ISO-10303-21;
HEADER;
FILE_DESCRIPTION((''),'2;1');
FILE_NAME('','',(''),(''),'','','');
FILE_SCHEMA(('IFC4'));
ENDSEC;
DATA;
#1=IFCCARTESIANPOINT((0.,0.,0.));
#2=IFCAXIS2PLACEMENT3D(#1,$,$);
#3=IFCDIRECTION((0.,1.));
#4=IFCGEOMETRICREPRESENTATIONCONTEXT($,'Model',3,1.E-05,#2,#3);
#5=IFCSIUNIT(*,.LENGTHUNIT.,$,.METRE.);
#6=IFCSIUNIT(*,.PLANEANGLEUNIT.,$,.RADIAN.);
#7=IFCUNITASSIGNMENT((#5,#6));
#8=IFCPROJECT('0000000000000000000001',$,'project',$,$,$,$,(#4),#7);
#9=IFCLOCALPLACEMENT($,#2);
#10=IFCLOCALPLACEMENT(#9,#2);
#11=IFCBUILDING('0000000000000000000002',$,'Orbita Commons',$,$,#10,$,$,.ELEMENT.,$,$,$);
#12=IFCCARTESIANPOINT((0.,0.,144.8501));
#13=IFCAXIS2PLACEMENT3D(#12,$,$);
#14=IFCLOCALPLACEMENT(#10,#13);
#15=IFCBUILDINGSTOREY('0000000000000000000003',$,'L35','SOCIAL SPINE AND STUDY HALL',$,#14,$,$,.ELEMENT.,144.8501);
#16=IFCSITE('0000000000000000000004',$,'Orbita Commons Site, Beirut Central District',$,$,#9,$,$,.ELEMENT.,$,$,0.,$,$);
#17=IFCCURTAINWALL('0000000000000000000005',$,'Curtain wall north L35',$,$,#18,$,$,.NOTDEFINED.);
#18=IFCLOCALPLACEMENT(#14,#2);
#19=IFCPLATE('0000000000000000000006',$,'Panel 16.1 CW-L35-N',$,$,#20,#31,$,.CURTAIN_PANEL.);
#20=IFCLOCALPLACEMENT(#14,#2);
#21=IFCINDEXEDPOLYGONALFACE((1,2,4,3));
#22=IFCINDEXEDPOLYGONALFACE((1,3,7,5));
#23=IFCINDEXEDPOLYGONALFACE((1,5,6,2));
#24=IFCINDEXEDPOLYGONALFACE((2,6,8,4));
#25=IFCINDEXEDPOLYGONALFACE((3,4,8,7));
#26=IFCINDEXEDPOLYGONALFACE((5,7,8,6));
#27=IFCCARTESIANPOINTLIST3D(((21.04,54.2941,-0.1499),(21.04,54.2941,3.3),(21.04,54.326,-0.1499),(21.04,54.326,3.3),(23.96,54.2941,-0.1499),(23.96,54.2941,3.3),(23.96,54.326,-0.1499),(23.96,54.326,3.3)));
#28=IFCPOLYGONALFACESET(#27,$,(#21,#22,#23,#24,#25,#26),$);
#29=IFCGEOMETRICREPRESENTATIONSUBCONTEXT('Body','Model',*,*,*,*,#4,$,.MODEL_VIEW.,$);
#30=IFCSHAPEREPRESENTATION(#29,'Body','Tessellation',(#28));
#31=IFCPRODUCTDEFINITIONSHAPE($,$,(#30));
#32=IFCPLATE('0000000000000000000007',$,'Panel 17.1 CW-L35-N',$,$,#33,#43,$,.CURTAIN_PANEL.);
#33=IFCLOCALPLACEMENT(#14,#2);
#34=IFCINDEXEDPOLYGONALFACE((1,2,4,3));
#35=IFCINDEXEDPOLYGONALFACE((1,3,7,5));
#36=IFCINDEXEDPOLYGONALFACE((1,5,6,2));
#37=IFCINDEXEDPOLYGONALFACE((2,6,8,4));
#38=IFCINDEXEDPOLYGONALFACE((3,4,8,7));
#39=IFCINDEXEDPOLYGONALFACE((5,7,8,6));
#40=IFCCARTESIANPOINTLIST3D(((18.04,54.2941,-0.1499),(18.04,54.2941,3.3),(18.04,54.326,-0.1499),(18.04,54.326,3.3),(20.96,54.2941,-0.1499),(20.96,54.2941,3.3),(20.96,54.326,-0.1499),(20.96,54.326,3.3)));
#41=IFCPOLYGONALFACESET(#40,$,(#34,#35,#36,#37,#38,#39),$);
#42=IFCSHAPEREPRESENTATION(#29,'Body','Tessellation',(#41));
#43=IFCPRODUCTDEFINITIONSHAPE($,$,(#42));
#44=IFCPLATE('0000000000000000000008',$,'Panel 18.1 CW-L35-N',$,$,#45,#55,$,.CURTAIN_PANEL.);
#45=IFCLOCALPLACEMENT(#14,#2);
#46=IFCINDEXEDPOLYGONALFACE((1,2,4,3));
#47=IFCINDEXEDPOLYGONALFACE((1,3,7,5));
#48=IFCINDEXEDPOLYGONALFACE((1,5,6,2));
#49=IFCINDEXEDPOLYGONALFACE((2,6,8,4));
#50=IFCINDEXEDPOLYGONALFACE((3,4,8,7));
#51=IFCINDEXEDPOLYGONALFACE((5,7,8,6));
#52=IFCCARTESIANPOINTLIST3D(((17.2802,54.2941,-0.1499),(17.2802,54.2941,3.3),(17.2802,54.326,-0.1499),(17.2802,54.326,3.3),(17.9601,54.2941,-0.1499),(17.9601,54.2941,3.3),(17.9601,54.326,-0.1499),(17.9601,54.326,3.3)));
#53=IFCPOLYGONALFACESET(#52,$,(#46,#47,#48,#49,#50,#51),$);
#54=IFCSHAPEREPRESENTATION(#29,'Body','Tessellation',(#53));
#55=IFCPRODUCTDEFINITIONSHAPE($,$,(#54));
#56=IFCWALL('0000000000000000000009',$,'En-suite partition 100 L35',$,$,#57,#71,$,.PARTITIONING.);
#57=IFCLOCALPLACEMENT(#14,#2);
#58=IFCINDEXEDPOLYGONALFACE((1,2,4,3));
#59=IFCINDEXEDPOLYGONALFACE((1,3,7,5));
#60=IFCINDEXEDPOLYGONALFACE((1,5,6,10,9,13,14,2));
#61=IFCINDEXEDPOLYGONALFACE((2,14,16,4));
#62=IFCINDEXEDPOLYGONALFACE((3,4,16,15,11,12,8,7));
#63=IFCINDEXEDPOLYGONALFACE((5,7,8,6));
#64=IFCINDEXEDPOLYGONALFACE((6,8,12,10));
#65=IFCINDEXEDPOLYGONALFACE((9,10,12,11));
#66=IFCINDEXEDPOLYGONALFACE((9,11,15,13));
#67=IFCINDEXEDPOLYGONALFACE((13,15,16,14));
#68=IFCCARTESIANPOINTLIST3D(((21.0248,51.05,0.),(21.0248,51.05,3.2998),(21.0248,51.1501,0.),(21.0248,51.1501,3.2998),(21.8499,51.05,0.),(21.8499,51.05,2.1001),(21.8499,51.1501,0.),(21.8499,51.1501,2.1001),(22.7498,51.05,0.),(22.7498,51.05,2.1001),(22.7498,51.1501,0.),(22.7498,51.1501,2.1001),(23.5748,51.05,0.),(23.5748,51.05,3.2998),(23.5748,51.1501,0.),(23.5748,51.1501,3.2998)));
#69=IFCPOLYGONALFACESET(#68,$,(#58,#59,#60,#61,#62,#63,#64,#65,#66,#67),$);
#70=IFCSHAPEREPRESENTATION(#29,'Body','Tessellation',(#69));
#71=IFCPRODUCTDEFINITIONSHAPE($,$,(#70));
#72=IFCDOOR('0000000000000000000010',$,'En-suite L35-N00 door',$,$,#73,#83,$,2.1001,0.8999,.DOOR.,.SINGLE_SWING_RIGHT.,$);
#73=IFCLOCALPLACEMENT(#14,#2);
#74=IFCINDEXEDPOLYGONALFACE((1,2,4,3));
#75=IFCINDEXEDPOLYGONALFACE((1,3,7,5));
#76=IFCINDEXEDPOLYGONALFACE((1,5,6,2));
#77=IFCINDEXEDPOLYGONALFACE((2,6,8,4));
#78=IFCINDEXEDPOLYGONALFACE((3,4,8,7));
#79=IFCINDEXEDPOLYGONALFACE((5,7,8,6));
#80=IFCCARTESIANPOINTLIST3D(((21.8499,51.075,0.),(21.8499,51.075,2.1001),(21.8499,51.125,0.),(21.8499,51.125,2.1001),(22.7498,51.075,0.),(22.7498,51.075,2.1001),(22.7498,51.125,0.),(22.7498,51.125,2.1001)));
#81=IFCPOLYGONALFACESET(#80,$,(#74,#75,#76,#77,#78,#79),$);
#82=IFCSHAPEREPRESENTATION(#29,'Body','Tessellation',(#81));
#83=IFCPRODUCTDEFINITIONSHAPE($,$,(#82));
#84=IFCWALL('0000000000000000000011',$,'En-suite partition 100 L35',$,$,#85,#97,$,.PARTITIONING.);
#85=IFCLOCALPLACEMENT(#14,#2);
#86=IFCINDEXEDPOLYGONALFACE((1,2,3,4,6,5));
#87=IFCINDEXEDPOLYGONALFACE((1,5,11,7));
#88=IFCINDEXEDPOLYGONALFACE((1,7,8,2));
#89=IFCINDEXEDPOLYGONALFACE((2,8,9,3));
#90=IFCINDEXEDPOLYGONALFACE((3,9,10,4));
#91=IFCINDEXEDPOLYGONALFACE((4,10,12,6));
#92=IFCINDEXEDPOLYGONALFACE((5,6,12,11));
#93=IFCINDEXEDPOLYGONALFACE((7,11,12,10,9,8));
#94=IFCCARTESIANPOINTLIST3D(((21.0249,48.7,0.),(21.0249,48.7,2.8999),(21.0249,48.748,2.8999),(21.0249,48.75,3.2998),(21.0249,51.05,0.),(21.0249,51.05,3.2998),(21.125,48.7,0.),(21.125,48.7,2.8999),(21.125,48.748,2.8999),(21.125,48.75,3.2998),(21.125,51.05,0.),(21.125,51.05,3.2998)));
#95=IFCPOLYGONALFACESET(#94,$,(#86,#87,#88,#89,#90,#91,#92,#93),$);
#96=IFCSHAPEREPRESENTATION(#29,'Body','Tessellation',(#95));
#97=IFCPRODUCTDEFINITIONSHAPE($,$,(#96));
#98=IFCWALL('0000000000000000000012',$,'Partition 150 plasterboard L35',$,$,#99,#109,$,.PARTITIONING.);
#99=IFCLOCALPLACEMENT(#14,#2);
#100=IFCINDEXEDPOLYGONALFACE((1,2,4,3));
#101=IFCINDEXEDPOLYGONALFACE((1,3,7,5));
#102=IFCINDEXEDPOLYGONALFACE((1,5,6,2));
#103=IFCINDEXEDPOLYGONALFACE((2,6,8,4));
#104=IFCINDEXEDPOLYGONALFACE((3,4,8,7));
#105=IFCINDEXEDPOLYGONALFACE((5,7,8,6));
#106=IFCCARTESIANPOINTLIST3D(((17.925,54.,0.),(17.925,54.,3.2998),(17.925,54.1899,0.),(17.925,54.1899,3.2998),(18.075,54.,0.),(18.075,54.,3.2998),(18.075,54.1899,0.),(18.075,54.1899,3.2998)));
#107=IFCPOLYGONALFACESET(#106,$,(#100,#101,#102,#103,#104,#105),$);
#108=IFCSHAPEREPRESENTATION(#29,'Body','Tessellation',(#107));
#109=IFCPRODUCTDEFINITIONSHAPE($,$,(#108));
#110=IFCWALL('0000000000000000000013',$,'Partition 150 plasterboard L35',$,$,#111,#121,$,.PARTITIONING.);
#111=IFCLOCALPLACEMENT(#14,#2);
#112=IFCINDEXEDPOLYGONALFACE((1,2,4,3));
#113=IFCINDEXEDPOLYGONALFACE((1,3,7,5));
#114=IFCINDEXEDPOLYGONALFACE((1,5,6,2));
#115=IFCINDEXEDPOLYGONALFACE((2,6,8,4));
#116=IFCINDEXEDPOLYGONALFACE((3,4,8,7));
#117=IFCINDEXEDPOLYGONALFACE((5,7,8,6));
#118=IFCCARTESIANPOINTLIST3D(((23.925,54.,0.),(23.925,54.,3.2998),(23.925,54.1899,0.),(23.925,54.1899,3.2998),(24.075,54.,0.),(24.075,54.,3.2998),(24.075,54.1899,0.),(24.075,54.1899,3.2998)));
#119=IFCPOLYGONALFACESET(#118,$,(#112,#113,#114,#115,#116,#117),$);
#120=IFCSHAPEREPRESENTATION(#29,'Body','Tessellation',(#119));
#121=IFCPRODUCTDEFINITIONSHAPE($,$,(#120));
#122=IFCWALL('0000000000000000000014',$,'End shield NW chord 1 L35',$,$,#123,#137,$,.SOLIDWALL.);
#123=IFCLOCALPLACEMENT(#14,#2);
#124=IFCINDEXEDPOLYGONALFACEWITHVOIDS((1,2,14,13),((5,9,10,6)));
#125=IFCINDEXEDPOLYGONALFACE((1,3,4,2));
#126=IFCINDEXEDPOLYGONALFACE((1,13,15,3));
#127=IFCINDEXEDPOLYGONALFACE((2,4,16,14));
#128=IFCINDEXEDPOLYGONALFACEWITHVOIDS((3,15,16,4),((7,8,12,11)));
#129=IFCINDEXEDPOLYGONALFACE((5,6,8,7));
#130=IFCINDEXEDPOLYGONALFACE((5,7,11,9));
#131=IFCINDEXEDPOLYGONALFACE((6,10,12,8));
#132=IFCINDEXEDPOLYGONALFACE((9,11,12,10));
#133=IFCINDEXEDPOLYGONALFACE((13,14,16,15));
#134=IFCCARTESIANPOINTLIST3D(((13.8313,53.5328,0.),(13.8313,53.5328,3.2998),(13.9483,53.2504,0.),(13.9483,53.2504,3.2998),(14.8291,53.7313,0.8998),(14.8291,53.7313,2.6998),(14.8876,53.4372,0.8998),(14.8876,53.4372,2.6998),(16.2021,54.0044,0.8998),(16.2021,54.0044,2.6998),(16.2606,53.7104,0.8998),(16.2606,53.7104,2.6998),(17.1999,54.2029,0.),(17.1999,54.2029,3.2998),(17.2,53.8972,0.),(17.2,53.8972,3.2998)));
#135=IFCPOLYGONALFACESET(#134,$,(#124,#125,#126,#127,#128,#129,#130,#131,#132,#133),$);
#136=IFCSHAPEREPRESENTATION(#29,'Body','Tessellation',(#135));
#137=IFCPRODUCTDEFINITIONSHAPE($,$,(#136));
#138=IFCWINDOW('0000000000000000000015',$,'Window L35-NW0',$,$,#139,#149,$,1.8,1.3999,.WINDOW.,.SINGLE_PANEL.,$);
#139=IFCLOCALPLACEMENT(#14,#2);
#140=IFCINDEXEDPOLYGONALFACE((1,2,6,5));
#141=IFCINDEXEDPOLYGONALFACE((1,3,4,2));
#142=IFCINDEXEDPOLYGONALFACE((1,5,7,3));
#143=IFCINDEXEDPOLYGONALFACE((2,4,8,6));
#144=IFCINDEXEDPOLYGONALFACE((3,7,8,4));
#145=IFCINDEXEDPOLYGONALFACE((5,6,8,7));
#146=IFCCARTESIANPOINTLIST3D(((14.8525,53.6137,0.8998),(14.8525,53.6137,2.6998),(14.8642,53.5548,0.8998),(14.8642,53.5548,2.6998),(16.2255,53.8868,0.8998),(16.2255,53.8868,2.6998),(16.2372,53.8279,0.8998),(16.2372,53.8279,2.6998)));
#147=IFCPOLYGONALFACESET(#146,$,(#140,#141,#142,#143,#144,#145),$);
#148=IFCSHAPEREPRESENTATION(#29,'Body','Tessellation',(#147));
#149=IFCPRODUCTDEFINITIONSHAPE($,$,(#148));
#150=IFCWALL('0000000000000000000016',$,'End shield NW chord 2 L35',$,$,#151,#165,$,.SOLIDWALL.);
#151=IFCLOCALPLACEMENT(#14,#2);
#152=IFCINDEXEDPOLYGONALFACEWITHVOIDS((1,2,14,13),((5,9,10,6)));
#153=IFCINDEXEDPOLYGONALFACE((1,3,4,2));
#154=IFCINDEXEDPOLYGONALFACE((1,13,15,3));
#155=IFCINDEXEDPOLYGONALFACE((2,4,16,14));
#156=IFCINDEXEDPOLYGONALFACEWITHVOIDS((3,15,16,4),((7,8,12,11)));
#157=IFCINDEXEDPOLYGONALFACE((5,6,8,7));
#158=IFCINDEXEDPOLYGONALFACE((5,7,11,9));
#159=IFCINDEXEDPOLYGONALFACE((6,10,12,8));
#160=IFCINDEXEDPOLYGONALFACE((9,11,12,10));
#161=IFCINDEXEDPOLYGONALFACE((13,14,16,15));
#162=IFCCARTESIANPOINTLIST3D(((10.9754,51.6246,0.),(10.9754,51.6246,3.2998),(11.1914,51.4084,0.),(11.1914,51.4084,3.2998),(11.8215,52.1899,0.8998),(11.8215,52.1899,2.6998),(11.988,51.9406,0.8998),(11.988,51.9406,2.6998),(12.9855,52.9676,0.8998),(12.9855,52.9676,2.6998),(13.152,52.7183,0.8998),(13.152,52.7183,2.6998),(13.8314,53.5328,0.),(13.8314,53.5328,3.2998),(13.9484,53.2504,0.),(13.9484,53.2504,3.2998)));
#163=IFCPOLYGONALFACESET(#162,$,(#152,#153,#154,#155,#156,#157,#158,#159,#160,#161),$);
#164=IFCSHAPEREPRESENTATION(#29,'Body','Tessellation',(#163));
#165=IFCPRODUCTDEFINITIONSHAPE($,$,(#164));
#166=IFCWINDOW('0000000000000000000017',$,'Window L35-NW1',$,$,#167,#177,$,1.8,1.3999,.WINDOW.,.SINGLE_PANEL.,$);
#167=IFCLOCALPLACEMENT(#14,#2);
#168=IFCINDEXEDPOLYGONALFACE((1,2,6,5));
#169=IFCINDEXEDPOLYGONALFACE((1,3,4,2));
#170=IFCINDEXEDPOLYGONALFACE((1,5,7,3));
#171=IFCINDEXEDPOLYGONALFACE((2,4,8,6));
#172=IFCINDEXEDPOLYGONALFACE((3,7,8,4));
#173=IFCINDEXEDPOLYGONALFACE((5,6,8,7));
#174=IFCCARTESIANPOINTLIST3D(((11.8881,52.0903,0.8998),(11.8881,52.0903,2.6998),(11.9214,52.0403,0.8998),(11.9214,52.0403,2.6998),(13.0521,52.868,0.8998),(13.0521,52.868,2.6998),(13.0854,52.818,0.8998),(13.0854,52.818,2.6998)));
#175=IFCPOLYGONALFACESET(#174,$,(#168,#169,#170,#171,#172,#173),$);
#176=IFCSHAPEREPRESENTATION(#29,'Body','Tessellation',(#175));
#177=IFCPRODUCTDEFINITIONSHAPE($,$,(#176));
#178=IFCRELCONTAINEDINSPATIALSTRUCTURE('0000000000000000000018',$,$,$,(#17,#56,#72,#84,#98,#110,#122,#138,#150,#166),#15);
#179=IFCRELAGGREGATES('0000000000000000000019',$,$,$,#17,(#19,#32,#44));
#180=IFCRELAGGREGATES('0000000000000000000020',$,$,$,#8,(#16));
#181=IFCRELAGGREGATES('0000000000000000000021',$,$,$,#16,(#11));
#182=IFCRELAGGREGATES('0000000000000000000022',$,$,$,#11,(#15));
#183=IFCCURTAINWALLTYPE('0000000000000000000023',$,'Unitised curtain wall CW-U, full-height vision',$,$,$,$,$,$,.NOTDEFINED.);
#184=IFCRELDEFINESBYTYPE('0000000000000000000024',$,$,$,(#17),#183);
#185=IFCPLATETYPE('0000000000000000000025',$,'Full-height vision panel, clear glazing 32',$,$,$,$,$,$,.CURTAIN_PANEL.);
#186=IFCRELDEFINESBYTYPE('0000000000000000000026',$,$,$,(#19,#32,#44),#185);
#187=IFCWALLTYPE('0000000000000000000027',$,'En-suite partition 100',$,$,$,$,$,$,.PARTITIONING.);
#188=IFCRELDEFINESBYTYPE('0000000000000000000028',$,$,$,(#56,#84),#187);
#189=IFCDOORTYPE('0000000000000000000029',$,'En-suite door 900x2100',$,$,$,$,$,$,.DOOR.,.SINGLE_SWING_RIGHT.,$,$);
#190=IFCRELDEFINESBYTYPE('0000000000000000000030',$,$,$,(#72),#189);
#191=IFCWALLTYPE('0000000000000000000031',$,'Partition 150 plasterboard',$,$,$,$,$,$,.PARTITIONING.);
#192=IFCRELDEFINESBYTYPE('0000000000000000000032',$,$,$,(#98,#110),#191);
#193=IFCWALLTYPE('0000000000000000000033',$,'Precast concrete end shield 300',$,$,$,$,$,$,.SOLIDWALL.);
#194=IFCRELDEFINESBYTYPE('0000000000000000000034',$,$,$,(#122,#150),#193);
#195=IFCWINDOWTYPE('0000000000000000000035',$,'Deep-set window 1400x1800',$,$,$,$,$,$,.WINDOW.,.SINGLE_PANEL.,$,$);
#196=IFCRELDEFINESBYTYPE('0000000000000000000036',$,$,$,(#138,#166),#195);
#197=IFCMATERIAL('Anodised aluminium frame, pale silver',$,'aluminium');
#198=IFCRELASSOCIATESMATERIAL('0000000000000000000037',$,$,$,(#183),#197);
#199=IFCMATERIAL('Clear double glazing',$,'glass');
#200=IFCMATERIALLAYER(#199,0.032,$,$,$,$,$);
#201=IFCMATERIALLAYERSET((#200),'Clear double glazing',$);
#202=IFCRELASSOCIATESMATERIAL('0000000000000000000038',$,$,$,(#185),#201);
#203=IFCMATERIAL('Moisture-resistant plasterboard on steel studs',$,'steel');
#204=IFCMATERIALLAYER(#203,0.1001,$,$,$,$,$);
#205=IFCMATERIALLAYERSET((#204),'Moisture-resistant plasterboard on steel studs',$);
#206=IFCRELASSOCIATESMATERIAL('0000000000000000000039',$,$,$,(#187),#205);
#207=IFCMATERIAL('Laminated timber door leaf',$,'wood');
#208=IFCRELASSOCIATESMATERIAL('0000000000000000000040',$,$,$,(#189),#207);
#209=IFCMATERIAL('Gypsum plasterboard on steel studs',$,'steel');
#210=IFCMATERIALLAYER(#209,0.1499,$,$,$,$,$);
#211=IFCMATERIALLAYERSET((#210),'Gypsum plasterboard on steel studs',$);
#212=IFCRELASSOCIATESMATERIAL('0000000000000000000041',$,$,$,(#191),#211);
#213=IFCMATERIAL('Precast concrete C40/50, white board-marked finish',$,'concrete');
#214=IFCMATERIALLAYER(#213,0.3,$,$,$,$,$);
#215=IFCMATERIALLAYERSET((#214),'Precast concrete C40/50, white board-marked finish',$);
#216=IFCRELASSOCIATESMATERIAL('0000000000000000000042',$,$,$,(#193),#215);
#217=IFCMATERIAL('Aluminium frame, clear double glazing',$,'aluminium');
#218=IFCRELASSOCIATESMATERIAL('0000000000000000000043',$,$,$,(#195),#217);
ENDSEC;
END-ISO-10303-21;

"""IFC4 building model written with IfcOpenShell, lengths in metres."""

from ifc_helpers import new_model, si_unit, direction, frame, frame_2d, origin, origin_2d, place, context, subcontext, project, spatial, polyline, rectangle, outline, extrude, material, layer, layer_set, type_object, element, fill, aggregate, save


model = new_model("IFC4")

# Units and contexts
model_context = context("Model", 3, precision=1e-05, world=origin(), true_north=direction((0.0, 1.0)))
body_context = subcontext(model_context, "Body", "Model", "MODEL_VIEW")
ifc_project = project(units=[si_unit("LENGTHUNIT", "METRE"), si_unit("PLANEANGLEUNIT", "RADIAN")], contexts=[model_context])

# Site, building, storey
site_placement = place(None, origin())
site = spatial("IfcSite", under=ifc_project, at=site_placement, Name="Orbita Commons Site, Beirut Central District", CompositionType="ELEMENT", RefElevation=0.0)
building_placement = place(site_placement, origin())
building = spatial("IfcBuilding", under=site, at=building_placement, Name="Orbita Commons", CompositionType="ELEMENT")
storey_placement = place(building_placement, frame((0.0, 0.0, 144.8501)))
storey = spatial("IfcBuildingStorey", under=building, at=storey_placement, Name="L35", Description="SOCIAL SPINE AND STUDY HALL", CompositionType="ELEMENT", Elevation=144.8501)

# Curtain wall
ifc_material_1 = material(Name="Anodised aluminium frame, pale silver", Category="aluminium")
curtain_wall_type = type_object("IfcCurtainWallType", Name="Unitised curtain wall CW-U, full-height vision", PredefinedType="NOTDEFINED", material=ifc_material_1)
curtain_wall_placement = place(storey_placement, origin())
curtain_wall = element("IfcCurtainWall", 1, at=curtain_wall_placement, inside=storey, type_object=curtain_wall_type, Name="Curtain wall north L35", PredefinedType="NOTDEFINED")

# Plates
ifc_material_2 = material(Name="Clear double glazing", Category="glass")
ifc_layer_1 = layer(ifc_material_2, 0.032)
ifc_layer_set_1 = layer_set([ifc_layer_1], Name="Clear double glazing")
plate_type = type_object("IfcPlateType", Name="Full-height vision panel, clear glazing 32", PredefinedType="CURTAIN_PANEL", material=ifc_layer_set_1)
plate_1_placement = place(storey_placement, frame((22.5, 54.3101, -0.1499), z_axis=(0.0, 0.0, 1.0), x_axis=(-1.0, 0.0, 0.0)))
plate_1 = element("IfcPlate", 2, at=plate_1_placement, type_object=plate_type, Name="Panel 16.1 CW-L35-N", PredefinedType="CURTAIN_PANEL", context=body_context, shape_type="SweptSolid", body=[
    extrude(rectangle(XDim=2.9199, YDim=0.032, at=origin_2d()), origin(), (0.0, 0.0, 1.0), 3.45),
])
plate_2_placement = place(storey_placement, frame((19.5, 54.3101, -0.1499), z_axis=(0.0, 0.0, 1.0), x_axis=(-1.0, 0.0, 0.0)))
plate_2 = element("IfcPlate", 3, at=plate_2_placement, type_object=plate_type, Name="Panel 17.1 CW-L35-N", PredefinedType="CURTAIN_PANEL", context=body_context, shape_type="SweptSolid", body=[
    extrude(rectangle(XDim=2.9199, YDim=0.032, at=origin_2d()), origin(), (0.0, 0.0, 1.0), 3.45),
])
plate_3_placement = place(storey_placement, frame((17.6201, 54.3101, -0.1499), z_axis=(0.0, 0.0, 1.0), x_axis=(-1.0, 0.0, 0.0)))
plate_3 = element("IfcPlate", 4, at=plate_3_placement, type_object=plate_type, Name="Panel 18.1 CW-L35-N", PredefinedType="CURTAIN_PANEL", context=body_context, shape_type="SweptSolid", body=[
    extrude(rectangle(XDim=0.6799, YDim=0.032, at=origin_2d()), origin(), (0.0, 0.0, 1.0), 3.45),
])
aggregate(curtain_wall, [plate_1, plate_2, plate_3])

# Wall, opening, door
ifc_material_3 = material(Name="Moisture-resistant plasterboard on steel studs", Category="steel")
ifc_layer_2 = layer(ifc_material_3, 0.1001)
ifc_layer_set_2 = layer_set([ifc_layer_2], Name="Moisture-resistant plasterboard on steel studs")
wall_type_1 = type_object("IfcWallType", Name="En-suite partition 100", PredefinedType="PARTITIONING", material=ifc_layer_set_2)
wall_1_placement = place(storey_placement, frame((21.0249, 51.1001, 0.0), z_axis=(0.0, 0.0, 1.0), x_axis=(1.0, 0.0, 0.0)))
wall_1 = element("IfcWall", 5, at=wall_1_placement, inside=storey, type_object=wall_type_1, Name="En-suite partition 100 L35", PredefinedType="PARTITIONING", context=body_context, shape_type="SweptSolid", body=[
    extrude(rectangle(XDim=2.55, YDim=0.1001, at=frame_2d((1.2749, 0.0))), origin(), (0.0, 0.0, 1.0), 3.2998),
])
opening_1_placement = place(wall_1_placement, frame((0.825, 0.0, 0.0)))
opening_1 = element("IfcOpeningElement", 6, at=opening_1_placement, cuts=wall_1, PredefinedType="OPENING", context=body_context, shape_type="SweptSolid", body=[
    extrude(rectangle(XDim=0.8999, YDim=2.1001, at=frame_2d((0.45, 1.05))), frame((0.0, 0.0601, 0.0), z_axis=(0.0, -1.0, 0.0), x_axis=(1.0, 0.0, 0.0)), (0.0, 0.0, 1.0), 0.1201),
])
ifc_material_4 = material(Name="Laminated timber door leaf", Category="wood")
door_type = type_object("IfcDoorType", Name="En-suite door 900x2100", OperationType="SINGLE_SWING_RIGHT", PredefinedType="DOOR", material=ifc_material_4)
door_placement = place(opening_1_placement, origin())
door = element("IfcDoor", 7, at=door_placement, inside=storey, type_object=door_type, Name="En-suite L35-N00 door", OperationType="SINGLE_SWING_RIGHT", OverallHeight=2.1001, OverallWidth=0.8999, PredefinedType="DOOR", context=body_context, shape_type="SweptSolid", body=[
    extrude(rectangle(XDim=0.8999, YDim=2.1001, at=frame_2d((0.45, 1.05))), frame((0.0, 0.0249, 0.0), z_axis=(0.0, -1.0, 0.0), x_axis=(1.0, 0.0, 0.0)), (0.0, 0.0, 1.0), 0.05),
])
fill(opening_1, door)

# Walls
wall_2_placement = place(storey_placement, frame((21.075, 51.05, 0.0), z_axis=(0.0, 0.0, 1.0), x_axis=(0.0, -1.0, 0.0)))
element("IfcWall", 8, at=wall_2_placement, inside=storey, type_object=wall_type_1, Name="En-suite partition 100 L35", PredefinedType="PARTITIONING", context=body_context, shape_type="SweptSolid", body=[
    extrude(outline(polyline([(0.0, 0.0), (2.3501, 0.0), (2.3501, 2.8999), (2.302, 2.8999), (2.3, 3.2998), (0.0, 3.2998), (0.0, 0.0)])), frame((0.0, 0.05, 0.0), z_axis=(0.0, -1.0, 0.0), x_axis=(1.0, 0.0, 0.0)), (0.0, 0.0, 1.0), 0.1001),
])
ifc_material_5 = material(Name="Gypsum plasterboard on steel studs", Category="steel")
ifc_layer_3 = layer(ifc_material_5, 0.1499)
ifc_layer_set_3 = layer_set([ifc_layer_3], Name="Gypsum plasterboard on steel studs")
wall_type_2 = type_object("IfcWallType", Name="Partition 150 plasterboard", PredefinedType="PARTITIONING", material=ifc_layer_set_3)
for number, where, z_axis, x_axis, name in (
    (9, (18.0, 54.0, 0.0), (0.0, 0.0, 1.0), (0.0, 1.0, 0.0), "Partition 150 plasterboard L35"),
    (10, (24.0, 54.0, 0.0), (0.0, 0.0, 1.0), (0.0, 1.0, 0.0), "Partition 150 plasterboard L35"),
):
    element("IfcWall", number, at=place(storey_placement, frame(where, z_axis=z_axis, x_axis=x_axis)), inside=storey, type_object=wall_type_2, Name=name, PredefinedType="PARTITIONING", context=body_context, shape_type="SweptSolid", body=[
        extrude(rectangle(XDim=0.1899, YDim=0.1499, at=frame_2d((0.095, 0.0))), origin(), (0.0, 0.0, 1.0), 3.2998),
    ])

# Walls, openings, windows
ifc_material_6 = material(Name="Precast concrete C40/50, white board-marked finish", Category="concrete")
ifc_layer_4 = layer(ifc_material_6, 0.3)
ifc_layer_set_4 = layer_set([ifc_layer_4], Name="Precast concrete C40/50, white board-marked finish")
wall_type_3 = type_object("IfcWallType", Name="Precast concrete end shield 300", PredefinedType="SOLIDWALL", material=ifc_layer_set_4)
wall_3_placement = place(storey_placement, frame((17.2, 54.05, 0.0), z_axis=(0.0, 0.0, 1.0), x_axis=(-0.980783, -0.1951, 0.0)))
wall_3 = element("IfcWall", 11, at=wall_3_placement, inside=storey, type_object=wall_type_3, Name="End shield NW chord 1 L35", PredefinedType="SOLIDWALL", context=body_context, shape_type="SweptSolid", body=[
    extrude(outline(polyline([(-0.0298, -0.1499), (3.4048, -0.1499), (3.3452, 0.1499), (0.0298, 0.1499), (-0.0298, -0.1499)])), origin(), (0.0, 0.0, 1.0), 3.2998),
])
opening_2_placement = place(wall_3_placement, frame((0.9875, 0.0, 0.8999)))
opening_2 = element("IfcOpeningElement", 12, at=opening_2_placement, cuts=wall_3, PredefinedType="OPENING", context=body_context, shape_type="SweptSolid", body=[
    extrude(rectangle(XDim=1.3999, YDim=1.8, at=frame_2d((0.7, 0.8999))), frame((0.0, 0.1599, 0.0), z_axis=(0.0, -1.0, 0.0), x_axis=(1.0, 0.0, 0.0)), (0.0, 0.0, 1.0), 0.3201),
])
ifc_material_7 = material(Name="Aluminium frame, clear double glazing", Category="aluminium")
window_type = type_object("IfcWindowType", Name="Deep-set window 1400x1800", PartitioningType="SINGLE_PANEL", PredefinedType="WINDOW", material=ifc_material_7)
window_1_placement = place(opening_2_placement, origin())
window_1 = element("IfcWindow", 13, at=window_1_placement, inside=storey, type_object=window_type, Name="Window L35-NW0", OverallHeight=1.8, OverallWidth=1.3999, PartitioningType="SINGLE_PANEL", PredefinedType="WINDOW", context=body_context, shape_type="SweptSolid", body=[
    extrude(rectangle(XDim=1.3999, YDim=1.8, at=frame_2d((0.7, 0.8999))), frame((0.0, 0.03, 0.0), z_axis=(0.0, -1.0, 0.0), x_axis=(1.0, 0.0, 0.0)), (0.0, 0.0, 1.0), 0.0601),
])
fill(opening_2, window_1)
wall_4_placement = place(storey_placement, frame((13.8899, 53.3916, 0.0), z_axis=(0.0, 0.0, 1.0), x_axis=(-0.831493, -0.555535, 0.0)))
wall_4 = element("IfcWall", 14, at=wall_4_placement, inside=storey, type_object=wall_type_3, Name="End shield NW chord 2 L35", PredefinedType="SOLIDWALL", context=body_context, shape_type="SweptSolid", body=[
    extrude(outline(polyline([(-0.0298, -0.1499), (3.405, -0.1499), (3.3455, 0.1499), (0.0298, 0.1499), (-0.0298, -0.1499)])), origin(), (0.0, 0.0, 1.0), 3.2998),
])
opening_3_placement = place(wall_4_placement, frame((0.9875, 0.0, 0.8999)))
opening_3 = element("IfcOpeningElement", 15, at=opening_3_placement, cuts=wall_4, PredefinedType="OPENING", context=body_context, shape_type="SweptSolid", body=[
    extrude(rectangle(XDim=1.3999, YDim=1.8, at=frame_2d((0.7, 0.8999))), frame((0.0, 0.1599, 0.0), z_axis=(0.0, -1.0, 0.0), x_axis=(1.0, 0.0, 0.0)), (0.0, 0.0, 1.0), 0.3201),
])
window_2_placement = place(opening_3_placement, origin())
window_2 = element("IfcWindow", 16, at=window_2_placement, inside=storey, type_object=window_type, Name="Window L35-NW1", OverallHeight=1.8, OverallWidth=1.3999, PartitioningType="SINGLE_PANEL", PredefinedType="WINDOW", context=body_context, shape_type="SweptSolid", body=[
    extrude(rectangle(XDim=1.3999, YDim=1.8, at=frame_2d((0.7, 0.8999))), frame((0.0, 0.03, 0.0), z_axis=(0.0, -1.0, 0.0), x_axis=(1.0, 0.0, 0.0)), (0.0, 0.0, 1.0), 0.0601),
])
fill(opening_3, window_2)

save(model, "model.ifc")
